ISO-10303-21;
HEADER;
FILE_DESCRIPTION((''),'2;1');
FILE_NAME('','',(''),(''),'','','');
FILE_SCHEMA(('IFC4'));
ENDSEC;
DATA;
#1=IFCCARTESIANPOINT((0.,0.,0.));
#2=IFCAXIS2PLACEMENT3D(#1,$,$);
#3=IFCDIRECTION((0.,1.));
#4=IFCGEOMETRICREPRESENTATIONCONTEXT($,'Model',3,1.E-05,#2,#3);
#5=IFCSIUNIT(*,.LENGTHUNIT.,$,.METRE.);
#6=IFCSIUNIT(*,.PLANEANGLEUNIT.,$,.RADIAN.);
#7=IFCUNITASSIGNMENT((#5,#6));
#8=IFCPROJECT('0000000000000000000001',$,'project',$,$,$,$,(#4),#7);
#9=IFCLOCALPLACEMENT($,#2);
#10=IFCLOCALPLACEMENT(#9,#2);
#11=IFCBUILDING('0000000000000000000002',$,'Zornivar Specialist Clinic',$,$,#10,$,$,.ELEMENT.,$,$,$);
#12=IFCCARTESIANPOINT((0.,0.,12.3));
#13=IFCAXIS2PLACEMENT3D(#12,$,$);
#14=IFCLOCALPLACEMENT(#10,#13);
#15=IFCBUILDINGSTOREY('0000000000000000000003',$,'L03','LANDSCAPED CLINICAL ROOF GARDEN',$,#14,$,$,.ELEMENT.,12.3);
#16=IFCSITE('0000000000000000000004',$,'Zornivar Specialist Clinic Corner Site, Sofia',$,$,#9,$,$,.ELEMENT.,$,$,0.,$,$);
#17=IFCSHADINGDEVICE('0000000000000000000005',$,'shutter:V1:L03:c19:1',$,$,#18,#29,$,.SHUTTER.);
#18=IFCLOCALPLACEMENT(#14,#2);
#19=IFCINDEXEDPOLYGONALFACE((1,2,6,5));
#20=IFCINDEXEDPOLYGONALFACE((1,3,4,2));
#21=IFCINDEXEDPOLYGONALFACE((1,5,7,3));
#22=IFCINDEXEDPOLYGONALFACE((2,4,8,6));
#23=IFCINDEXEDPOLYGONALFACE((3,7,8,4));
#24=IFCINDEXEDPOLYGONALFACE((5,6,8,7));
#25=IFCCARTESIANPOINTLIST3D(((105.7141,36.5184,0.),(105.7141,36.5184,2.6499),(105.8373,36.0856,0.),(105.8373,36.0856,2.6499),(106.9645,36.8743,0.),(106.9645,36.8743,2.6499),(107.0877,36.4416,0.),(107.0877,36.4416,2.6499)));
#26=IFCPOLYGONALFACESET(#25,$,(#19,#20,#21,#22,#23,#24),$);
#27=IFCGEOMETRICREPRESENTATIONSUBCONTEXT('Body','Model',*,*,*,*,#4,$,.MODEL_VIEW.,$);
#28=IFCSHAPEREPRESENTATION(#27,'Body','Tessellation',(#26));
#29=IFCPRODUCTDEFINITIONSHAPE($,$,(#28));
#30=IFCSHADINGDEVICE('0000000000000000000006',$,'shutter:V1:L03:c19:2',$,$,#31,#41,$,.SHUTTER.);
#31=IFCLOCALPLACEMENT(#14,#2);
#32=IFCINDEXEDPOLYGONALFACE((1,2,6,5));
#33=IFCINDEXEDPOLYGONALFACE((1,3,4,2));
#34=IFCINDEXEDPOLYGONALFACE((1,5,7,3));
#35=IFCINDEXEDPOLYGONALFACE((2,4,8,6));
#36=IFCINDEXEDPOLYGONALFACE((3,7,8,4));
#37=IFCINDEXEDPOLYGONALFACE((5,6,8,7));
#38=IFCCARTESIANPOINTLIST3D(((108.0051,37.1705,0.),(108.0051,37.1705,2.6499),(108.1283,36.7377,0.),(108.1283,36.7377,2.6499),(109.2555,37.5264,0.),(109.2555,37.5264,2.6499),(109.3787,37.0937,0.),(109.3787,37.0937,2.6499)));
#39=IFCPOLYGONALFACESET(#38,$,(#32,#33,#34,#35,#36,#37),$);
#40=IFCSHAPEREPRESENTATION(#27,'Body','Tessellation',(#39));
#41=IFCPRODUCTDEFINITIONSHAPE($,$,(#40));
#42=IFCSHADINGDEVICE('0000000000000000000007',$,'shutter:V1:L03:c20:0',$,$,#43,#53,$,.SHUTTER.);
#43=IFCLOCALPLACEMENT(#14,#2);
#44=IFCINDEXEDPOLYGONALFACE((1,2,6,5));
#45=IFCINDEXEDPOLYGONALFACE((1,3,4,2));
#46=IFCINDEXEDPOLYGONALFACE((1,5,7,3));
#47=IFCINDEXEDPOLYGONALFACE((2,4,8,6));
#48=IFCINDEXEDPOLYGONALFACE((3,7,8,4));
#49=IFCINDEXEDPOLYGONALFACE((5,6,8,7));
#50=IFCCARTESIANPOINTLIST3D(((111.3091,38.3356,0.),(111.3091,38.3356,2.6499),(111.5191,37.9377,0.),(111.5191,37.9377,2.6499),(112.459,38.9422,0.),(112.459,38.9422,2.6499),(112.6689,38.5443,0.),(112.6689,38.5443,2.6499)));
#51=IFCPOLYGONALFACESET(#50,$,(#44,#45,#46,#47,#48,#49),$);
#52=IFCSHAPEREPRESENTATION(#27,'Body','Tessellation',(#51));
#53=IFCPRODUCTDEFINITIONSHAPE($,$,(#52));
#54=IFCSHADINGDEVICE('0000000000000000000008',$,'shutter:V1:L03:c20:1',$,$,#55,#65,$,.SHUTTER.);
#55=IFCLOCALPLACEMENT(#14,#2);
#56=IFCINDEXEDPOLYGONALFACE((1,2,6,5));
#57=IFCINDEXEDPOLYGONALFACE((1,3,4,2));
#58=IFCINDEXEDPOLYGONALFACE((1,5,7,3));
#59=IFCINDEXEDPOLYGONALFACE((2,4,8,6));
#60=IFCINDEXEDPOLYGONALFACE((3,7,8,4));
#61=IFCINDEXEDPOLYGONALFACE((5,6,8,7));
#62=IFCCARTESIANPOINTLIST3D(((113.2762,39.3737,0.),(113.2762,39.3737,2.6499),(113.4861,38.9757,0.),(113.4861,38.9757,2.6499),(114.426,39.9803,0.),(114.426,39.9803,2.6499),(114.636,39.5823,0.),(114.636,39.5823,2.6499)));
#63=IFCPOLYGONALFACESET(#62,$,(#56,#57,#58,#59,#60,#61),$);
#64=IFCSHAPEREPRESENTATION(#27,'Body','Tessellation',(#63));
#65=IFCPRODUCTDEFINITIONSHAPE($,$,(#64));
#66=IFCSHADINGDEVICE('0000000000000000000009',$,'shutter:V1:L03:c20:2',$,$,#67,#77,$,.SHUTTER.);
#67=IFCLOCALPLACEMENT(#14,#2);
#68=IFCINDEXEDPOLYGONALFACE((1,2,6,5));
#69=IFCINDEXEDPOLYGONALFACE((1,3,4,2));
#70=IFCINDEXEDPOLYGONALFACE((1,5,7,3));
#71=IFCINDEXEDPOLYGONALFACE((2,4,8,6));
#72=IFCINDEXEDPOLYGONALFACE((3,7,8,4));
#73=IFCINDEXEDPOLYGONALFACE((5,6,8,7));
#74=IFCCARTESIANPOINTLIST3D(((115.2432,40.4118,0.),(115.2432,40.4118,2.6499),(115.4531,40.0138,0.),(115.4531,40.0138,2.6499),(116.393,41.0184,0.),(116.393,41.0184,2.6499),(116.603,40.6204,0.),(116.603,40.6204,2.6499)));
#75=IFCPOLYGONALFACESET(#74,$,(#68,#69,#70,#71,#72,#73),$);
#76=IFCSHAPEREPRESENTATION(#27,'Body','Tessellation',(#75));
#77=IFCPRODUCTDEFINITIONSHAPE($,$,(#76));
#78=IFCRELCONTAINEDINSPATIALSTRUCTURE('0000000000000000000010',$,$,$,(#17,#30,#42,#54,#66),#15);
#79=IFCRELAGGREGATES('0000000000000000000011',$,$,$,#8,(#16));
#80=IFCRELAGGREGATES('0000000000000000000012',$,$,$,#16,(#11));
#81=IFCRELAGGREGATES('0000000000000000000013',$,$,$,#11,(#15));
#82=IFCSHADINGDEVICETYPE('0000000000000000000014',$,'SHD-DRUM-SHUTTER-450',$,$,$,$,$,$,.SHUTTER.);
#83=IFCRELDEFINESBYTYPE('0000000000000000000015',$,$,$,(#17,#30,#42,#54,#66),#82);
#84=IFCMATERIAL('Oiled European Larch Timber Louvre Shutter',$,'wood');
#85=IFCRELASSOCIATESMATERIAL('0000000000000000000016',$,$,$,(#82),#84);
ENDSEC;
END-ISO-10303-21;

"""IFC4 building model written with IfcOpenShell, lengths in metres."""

from ifc_helpers import new_model, si_unit, direction, frame, origin, origin_2d, place, context, subcontext, project, spatial, rectangle, extrude, material, type_object, element, save


model = new_model("IFC4")

# Units and contexts
model_context = context("Model", 3, precision=1e-05, world=origin(), true_north=direction((0.0, 1.0)))
body_context = subcontext(model_context, "Body", "Model", "MODEL_VIEW")
ifc_project = project(units=[si_unit("LENGTHUNIT", "METRE"), si_unit("PLANEANGLEUNIT", "RADIAN")], contexts=[model_context])

# Site, building, storey
site_placement = place(None, origin())
site = spatial("IfcSite", under=ifc_project, at=site_placement, Name="Zornivar Specialist Clinic Corner Site, Sofia", CompositionType="ELEMENT", RefElevation=0.0)
building_placement = place(site_placement, origin())
building = spatial("IfcBuilding", under=site, at=building_placement, Name="Zornivar Specialist Clinic", CompositionType="ELEMENT")
storey_placement = place(building_placement, frame((0.0, 0.0, 12.3)))
storey = spatial("IfcBuildingStorey", under=building, at=storey_placement, Name="L03", Description="LANDSCAPED CLINICAL ROOF GARDEN", CompositionType="ELEMENT", Elevation=12.3)

# Shading devices
ifc_material_1 = material(Name="Oiled European Larch Timber Louvre Shutter", Category="wood")
shading_device_type = type_object("IfcShadingDeviceType", Name="SHD-DRUM-SHUTTER-450", PredefinedType="SHUTTER", material=ifc_material_1)
for number, where, z_axis, x_axis, name in (
    (1, (106.4009, 36.48, 0.0), (0.0, 0.0, 1.0), (0.961785, 0.273805, 0.0), "shutter:V1:L03:c19:1"),
    (2, (108.6919, 37.1321, 0.0), (0.0, 0.0, 1.0), (0.961785, 0.273805, 0.0), "shutter:V1:L03:c19:2"),
    (3, (111.989, 38.4399, 0.0), (0.0, 0.0, 1.0), (0.88447, 0.466597, 0.0), "shutter:V1:L03:c20:0"),
    (4, (113.9561, 39.478, 0.0), (0.0, 0.0, 1.0), (0.88447, 0.466597, 0.0), "shutter:V1:L03:c20:1"),
    (5, (115.9231, 40.5161, 0.0), (0.0, 0.0, 1.0), (0.88447, 0.466597, 0.0), "shutter:V1:L03:c20:2"),
):
    element("IfcShadingDevice", number, at=place(storey_placement, frame(where, z_axis=z_axis, x_axis=x_axis)), inside=storey, type_object=shading_device_type, Name=name, PredefinedType="SHUTTER", context=body_context, shape_type="SweptSolid", body=[
        extrude(rectangle(XDim=1.3, YDim=0.45, at=origin_2d()), origin(), (0.0, 0.0, 1.0), 2.6499),
    ])

save(model, "model.ifc")
